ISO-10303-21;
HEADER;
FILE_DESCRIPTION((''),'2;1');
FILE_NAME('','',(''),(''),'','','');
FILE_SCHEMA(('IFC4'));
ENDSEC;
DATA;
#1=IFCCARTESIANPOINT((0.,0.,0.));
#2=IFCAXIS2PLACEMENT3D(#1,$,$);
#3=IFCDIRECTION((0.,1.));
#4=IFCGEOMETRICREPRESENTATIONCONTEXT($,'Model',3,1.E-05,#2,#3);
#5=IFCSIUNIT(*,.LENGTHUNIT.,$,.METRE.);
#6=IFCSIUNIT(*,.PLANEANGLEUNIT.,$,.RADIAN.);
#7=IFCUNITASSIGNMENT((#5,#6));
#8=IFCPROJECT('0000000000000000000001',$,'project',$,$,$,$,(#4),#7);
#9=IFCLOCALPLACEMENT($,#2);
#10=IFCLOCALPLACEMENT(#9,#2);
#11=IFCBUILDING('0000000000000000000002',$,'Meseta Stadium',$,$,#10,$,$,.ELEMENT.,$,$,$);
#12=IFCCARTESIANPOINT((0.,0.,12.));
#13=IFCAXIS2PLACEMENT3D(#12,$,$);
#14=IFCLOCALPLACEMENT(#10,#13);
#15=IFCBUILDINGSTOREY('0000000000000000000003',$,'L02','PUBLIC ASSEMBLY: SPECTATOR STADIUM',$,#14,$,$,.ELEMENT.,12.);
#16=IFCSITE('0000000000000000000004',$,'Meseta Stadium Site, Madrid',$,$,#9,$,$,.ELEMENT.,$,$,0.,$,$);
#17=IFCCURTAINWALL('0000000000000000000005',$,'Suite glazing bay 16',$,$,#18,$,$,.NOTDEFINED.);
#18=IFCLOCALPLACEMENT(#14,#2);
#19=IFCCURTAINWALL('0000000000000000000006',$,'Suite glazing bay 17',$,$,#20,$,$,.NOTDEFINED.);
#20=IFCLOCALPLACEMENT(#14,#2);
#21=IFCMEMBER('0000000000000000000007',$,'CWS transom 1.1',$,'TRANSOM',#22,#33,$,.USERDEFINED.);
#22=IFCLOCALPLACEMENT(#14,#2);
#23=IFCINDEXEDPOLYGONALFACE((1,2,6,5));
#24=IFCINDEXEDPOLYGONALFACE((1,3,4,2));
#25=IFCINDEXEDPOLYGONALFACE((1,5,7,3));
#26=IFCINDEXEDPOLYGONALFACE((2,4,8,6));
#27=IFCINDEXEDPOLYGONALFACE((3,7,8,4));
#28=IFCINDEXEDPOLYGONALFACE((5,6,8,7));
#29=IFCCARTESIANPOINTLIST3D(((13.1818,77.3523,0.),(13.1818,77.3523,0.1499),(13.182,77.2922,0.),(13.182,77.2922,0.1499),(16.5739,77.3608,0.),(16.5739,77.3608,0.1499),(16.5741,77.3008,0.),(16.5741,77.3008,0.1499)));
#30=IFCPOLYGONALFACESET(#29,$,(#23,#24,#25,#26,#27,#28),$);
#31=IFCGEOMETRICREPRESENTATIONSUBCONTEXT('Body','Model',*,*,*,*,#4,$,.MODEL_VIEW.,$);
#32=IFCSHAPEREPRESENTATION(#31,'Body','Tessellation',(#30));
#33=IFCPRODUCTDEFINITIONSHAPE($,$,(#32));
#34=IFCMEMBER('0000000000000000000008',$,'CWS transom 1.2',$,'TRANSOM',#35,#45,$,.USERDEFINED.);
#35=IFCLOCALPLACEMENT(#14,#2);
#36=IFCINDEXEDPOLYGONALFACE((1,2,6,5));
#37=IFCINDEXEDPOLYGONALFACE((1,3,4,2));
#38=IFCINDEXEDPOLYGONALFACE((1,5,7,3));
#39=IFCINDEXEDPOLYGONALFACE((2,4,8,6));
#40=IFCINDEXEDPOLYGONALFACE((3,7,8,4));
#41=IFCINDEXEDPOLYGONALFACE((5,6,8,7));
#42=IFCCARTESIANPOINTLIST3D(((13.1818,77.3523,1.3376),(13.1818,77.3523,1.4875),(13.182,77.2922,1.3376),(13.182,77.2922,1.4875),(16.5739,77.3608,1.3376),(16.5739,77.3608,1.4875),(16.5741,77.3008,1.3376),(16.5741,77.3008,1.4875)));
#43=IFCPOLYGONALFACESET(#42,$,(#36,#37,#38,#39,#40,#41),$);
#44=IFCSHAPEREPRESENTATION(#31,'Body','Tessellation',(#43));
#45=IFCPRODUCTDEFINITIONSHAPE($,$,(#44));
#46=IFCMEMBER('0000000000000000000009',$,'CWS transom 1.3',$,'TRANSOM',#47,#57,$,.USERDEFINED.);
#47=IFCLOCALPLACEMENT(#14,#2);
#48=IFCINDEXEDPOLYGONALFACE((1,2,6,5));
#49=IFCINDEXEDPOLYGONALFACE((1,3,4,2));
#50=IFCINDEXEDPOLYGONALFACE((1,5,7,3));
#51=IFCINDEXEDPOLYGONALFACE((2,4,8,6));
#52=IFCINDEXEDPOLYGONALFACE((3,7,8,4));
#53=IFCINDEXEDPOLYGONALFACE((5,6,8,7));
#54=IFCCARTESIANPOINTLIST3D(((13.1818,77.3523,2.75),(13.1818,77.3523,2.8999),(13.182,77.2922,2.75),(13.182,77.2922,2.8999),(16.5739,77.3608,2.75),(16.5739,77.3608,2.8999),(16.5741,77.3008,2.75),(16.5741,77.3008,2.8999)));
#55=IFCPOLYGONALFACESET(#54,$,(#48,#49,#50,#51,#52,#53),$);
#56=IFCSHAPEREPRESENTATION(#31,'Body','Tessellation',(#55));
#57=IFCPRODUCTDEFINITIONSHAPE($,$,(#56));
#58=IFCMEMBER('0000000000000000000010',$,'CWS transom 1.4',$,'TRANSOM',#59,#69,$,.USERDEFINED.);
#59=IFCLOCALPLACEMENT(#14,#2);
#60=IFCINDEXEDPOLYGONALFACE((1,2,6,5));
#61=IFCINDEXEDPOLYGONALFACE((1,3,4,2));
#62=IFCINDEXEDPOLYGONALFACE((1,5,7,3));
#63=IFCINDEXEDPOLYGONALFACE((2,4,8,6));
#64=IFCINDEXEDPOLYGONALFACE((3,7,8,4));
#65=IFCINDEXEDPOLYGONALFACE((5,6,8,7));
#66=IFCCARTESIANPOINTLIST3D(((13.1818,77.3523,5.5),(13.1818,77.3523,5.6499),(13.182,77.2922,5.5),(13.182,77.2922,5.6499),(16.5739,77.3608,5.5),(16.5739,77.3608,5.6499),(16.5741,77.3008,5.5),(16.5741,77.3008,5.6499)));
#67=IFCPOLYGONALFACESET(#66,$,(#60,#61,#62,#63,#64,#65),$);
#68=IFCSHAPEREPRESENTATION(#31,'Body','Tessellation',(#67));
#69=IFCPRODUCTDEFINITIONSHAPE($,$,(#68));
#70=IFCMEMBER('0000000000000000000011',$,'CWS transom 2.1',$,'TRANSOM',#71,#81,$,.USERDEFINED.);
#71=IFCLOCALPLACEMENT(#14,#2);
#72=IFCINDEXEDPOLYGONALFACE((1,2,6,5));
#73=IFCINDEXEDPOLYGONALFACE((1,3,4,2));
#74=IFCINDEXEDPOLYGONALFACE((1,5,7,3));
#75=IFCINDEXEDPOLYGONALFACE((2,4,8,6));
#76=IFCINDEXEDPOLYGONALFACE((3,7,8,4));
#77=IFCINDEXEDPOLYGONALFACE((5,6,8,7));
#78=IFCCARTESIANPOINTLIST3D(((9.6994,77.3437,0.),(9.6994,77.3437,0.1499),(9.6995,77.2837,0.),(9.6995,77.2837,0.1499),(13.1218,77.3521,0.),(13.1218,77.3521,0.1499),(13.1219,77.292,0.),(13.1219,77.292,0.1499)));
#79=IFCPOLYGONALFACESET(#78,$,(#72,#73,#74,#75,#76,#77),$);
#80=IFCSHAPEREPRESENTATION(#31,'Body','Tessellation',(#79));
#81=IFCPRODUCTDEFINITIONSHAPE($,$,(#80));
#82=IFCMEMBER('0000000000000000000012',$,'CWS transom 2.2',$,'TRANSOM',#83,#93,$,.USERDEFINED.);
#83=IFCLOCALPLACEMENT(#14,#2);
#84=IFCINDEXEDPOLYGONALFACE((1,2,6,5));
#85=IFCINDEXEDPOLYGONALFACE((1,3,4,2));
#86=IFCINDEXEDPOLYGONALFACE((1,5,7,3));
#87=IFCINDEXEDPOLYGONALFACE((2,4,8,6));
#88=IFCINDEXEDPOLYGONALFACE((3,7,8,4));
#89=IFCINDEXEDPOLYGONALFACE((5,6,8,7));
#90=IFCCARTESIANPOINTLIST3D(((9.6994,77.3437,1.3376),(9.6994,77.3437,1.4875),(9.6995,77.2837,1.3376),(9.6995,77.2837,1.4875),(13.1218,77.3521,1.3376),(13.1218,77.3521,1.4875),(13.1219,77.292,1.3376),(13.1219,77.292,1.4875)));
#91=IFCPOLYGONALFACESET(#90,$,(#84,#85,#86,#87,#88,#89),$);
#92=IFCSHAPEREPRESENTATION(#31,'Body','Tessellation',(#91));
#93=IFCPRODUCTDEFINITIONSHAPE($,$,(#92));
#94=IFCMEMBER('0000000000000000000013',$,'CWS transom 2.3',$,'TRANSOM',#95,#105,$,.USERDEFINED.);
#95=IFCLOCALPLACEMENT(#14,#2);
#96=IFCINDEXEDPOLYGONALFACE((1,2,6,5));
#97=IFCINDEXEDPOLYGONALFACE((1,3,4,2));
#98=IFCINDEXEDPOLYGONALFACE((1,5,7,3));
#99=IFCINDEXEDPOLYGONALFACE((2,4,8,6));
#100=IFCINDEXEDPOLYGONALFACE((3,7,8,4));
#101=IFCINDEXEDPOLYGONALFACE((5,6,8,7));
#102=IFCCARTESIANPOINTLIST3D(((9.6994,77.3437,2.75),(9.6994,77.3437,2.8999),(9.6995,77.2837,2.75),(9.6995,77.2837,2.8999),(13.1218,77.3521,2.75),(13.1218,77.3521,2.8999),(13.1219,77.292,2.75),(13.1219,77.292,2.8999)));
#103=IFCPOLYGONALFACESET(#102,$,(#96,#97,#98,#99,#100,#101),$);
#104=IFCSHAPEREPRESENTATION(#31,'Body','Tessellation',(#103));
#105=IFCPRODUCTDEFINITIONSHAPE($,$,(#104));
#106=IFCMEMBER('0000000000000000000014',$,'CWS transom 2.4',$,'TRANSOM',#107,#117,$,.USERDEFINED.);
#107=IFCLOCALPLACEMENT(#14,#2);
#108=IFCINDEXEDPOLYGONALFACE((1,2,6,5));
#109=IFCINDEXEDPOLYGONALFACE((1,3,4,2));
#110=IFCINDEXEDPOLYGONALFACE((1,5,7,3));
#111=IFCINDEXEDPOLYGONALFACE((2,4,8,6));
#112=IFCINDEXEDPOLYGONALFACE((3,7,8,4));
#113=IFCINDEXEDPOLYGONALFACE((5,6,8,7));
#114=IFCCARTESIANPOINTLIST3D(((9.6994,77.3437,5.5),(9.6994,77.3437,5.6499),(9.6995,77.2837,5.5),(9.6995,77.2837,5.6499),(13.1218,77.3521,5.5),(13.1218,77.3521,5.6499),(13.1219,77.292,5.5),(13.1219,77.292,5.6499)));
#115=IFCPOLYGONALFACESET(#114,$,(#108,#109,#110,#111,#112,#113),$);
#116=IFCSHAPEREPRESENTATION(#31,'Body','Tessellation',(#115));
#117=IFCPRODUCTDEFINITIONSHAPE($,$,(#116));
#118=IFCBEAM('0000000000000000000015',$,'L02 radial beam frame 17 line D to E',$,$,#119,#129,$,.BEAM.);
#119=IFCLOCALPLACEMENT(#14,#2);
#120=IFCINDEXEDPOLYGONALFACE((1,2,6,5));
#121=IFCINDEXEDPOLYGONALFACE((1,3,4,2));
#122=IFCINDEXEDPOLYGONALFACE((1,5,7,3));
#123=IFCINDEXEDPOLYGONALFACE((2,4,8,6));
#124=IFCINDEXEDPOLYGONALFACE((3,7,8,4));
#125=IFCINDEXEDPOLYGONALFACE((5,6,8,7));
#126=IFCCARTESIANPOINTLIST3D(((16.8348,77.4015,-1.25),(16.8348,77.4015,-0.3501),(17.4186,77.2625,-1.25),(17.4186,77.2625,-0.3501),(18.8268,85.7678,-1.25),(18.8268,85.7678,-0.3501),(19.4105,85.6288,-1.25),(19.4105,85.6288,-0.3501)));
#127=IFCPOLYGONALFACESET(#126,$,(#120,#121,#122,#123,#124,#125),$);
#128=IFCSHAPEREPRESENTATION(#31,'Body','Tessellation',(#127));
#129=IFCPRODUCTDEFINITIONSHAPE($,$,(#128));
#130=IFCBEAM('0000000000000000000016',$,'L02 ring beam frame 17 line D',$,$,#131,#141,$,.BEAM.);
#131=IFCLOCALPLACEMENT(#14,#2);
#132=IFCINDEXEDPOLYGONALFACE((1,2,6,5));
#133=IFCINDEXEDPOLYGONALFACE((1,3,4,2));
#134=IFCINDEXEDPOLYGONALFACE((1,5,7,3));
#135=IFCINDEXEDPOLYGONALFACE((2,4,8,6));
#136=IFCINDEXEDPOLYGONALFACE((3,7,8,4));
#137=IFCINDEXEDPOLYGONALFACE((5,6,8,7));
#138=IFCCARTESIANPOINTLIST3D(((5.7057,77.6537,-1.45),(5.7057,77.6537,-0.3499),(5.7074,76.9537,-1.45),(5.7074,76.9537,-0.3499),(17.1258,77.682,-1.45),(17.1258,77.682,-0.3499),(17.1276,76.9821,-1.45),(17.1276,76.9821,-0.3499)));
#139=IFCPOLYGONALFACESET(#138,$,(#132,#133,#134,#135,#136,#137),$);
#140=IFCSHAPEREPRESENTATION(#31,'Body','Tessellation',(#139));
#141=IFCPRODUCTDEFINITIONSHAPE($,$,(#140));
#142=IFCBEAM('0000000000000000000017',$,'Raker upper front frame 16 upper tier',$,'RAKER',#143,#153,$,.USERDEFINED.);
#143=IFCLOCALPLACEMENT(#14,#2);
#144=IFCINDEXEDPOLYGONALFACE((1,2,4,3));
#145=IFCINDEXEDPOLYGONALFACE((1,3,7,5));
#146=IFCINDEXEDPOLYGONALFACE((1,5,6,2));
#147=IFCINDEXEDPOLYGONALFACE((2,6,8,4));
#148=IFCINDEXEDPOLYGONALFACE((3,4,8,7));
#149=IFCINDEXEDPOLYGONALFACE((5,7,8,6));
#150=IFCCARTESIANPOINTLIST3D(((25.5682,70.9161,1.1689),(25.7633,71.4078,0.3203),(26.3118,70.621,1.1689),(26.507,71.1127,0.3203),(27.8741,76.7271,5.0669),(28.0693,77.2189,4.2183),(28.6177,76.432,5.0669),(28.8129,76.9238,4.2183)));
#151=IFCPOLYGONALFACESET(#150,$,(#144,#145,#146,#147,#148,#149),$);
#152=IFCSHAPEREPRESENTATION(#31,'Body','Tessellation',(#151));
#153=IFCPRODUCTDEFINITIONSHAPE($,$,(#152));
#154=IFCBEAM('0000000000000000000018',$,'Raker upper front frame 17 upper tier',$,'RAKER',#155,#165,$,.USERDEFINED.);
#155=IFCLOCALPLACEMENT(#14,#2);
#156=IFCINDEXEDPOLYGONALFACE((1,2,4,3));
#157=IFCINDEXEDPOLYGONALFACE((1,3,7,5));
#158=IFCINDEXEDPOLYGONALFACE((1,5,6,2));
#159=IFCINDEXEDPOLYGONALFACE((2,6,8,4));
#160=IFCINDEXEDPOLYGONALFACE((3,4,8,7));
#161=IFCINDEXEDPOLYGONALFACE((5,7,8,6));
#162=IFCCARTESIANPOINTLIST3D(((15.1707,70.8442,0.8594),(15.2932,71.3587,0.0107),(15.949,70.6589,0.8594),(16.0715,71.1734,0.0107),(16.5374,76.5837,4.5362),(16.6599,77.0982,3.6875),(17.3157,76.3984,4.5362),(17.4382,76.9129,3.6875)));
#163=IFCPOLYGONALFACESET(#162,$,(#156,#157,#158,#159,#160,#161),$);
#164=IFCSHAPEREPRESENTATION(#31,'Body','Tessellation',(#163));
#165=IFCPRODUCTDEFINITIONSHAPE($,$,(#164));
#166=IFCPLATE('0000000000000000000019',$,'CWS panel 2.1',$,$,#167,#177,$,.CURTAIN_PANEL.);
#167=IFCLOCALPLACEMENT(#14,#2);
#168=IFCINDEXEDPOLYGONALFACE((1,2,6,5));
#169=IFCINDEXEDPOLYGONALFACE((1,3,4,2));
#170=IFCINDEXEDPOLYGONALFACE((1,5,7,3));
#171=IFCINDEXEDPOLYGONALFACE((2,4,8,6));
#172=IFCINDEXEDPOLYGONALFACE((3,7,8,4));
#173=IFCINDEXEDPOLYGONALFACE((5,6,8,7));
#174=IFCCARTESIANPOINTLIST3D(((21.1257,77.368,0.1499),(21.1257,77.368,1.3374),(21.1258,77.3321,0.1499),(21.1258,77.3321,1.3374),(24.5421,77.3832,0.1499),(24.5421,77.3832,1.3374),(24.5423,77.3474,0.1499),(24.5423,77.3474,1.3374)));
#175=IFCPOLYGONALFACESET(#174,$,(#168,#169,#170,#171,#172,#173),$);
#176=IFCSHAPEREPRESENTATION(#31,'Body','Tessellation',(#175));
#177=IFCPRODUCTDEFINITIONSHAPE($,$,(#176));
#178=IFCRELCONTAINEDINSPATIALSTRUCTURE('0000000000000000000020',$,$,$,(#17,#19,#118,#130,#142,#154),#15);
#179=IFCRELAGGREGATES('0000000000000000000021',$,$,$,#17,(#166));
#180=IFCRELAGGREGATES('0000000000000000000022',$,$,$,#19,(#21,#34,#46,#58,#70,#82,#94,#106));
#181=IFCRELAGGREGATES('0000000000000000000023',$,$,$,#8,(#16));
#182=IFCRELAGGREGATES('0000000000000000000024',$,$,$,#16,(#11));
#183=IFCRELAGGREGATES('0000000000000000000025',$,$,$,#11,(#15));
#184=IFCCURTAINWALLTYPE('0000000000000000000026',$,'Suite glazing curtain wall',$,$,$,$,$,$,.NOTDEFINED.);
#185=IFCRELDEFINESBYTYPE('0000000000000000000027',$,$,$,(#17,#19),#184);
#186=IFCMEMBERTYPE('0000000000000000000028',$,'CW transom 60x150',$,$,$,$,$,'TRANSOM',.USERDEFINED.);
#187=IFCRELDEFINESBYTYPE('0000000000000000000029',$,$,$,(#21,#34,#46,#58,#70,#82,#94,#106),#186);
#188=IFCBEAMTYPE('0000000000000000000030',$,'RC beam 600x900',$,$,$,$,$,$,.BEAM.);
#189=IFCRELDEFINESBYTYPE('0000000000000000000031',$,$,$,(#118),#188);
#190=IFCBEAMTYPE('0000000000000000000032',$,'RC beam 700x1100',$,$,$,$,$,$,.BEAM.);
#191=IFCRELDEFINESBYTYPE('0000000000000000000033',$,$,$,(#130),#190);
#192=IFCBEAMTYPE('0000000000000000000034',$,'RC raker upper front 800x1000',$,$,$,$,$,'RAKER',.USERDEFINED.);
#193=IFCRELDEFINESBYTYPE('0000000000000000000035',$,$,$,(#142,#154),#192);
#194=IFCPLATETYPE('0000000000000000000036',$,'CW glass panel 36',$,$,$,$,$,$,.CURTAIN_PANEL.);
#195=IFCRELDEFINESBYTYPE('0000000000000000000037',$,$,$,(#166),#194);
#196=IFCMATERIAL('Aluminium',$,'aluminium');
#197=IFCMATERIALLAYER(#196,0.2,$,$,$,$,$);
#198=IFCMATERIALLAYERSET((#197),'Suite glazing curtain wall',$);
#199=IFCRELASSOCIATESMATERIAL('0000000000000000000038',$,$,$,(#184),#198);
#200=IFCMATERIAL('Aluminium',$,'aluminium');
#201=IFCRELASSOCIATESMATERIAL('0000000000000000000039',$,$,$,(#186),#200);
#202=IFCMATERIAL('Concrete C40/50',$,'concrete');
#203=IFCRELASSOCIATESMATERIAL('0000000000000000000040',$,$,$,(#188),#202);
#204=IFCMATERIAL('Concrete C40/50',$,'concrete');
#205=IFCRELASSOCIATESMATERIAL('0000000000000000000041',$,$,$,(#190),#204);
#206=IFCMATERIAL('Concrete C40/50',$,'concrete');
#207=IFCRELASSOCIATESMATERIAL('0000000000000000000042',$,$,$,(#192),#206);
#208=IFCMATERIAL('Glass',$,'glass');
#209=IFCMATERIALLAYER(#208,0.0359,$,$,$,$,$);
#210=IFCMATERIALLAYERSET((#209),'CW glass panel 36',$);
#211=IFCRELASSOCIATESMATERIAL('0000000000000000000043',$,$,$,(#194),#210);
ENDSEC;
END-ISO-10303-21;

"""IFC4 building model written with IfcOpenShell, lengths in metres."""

from ifc_helpers import new_model, si_unit, direction, frame, origin, origin_2d, place, context, subcontext, project, spatial, rectangle, extrude, material, layer, layer_set, material_profile, profile_set, type_object, element, aggregate, save


model = new_model("IFC4")

# Units and contexts
model_context = context("Model", 3, precision=1e-05, world=origin(), true_north=direction((0.0, 1.0)))
body_context = subcontext(model_context, "Body", "Model", "MODEL_VIEW")
ifc_project = project(units=[si_unit("LENGTHUNIT", "METRE"), si_unit("PLANEANGLEUNIT", "RADIAN")], contexts=[model_context])

# Site, building, storey
site_placement = place(None, origin())
site = spatial("IfcSite", under=ifc_project, at=site_placement, Name="Meseta Stadium Site, Madrid", CompositionType="ELEMENT", RefElevation=0.0)
building_placement = place(site_placement, origin())
building = spatial("IfcBuilding", under=site, at=building_placement, Name="Meseta Stadium", CompositionType="ELEMENT")
storey_placement = place(building_placement, frame((0.0, 0.0, 12.0)))
storey = spatial("IfcBuildingStorey", under=building, at=storey_placement, Name="L02", Description="PUBLIC ASSEMBLY: SPECTATOR STADIUM", CompositionType="ELEMENT", Elevation=12.0)

# Curtain walls
ifc_material_1 = material(Name="Aluminium", Category="aluminium")
ifc_layer_1 = layer(ifc_material_1, 0.2)
ifc_layer_set_1 = layer_set([ifc_layer_1], Name="Suite glazing curtain wall")
curtain_wall_type = type_object("IfcCurtainWallType", Name="Suite glazing curtain wall", PredefinedType="NOTDEFINED", material=ifc_layer_set_1)
curtain_wall_1_placement = place(storey_placement, origin())
curtain_wall_1 = element("IfcCurtainWall", 1, at=curtain_wall_1_placement, inside=storey, type_object=curtain_wall_type, Name="Suite glazing bay 16", PredefinedType="NOTDEFINED")
curtain_wall_2_placement = place(storey_placement, origin())
curtain_wall_2 = element("IfcCurtainWall", 2, at=curtain_wall_2_placement, inside=storey, type_object=curtain_wall_type, Name="Suite glazing bay 17", PredefinedType="NOTDEFINED")

# Members
ifc_material_2 = material(Name="Aluminium", Category="aluminium")
ifc_material_profile_1 = material_profile(ifc_material_2, rectangle(XDim=0.0601, YDim=0.1499, at=origin_2d()), Name="CW 60x150")
ifc_profile_set_1 = profile_set([ifc_material_profile_1], Name="Aluminium")
member_type_1 = type_object("IfcMemberType", Name="CW transom 60x150", ElementType="TRANSOM", PredefinedType="USERDEFINED", material=ifc_profile_set_1)
member_1_placement = place(storey_placement, frame((16.574, 77.3308, 0.075), z_axis=(-0.999997, -0.002519, 0.0), x_axis=(0.002519, -0.999997, 0.0)))
member_1 = element("IfcMember", 3, at=member_1_placement, type_object=member_type_1, Name="CWS transom 1.1", ObjectType="TRANSOM", PredefinedType="USERDEFINED", context=body_context, shape_type="SweptSolid", body=[
    extrude(rectangle(XDim=0.0601, YDim=0.1499, at=origin_2d()), origin(), (0.0, 0.0, 1.0), 3.3921),
])
member_2_placement = place(storey_placement, frame((16.574, 77.3308, 1.4126), z_axis=(-0.999997, -0.002519, 0.0), x_axis=(0.002519, -0.999997, 0.0)))
member_2 = element("IfcMember", 4, at=member_2_placement, type_object=member_type_1, Name="CWS transom 1.2", ObjectType="TRANSOM", PredefinedType="USERDEFINED", context=body_context, shape_type="SweptSolid", body=[
    extrude(rectangle(XDim=0.0601, YDim=0.1499, at=origin_2d()), origin(), (0.0, 0.0, 1.0), 3.3921),
])
member_3_placement = place(storey_placement, frame((16.574, 77.3308, 2.825), z_axis=(-0.999997, -0.002519, 0.0), x_axis=(0.002519, -0.999997, 0.0)))
member_3 = element("IfcMember", 5, at=member_3_placement, type_object=member_type_1, Name="CWS transom 1.3", ObjectType="TRANSOM", PredefinedType="USERDEFINED", context=body_context, shape_type="SweptSolid", body=[
    extrude(rectangle(XDim=0.0601, YDim=0.1499, at=origin_2d()), origin(), (0.0, 0.0, 1.0), 3.3921),
])
member_4_placement = place(storey_placement, frame((16.574, 77.3308, 5.575), z_axis=(-0.999997, -0.002519, 0.0), x_axis=(0.002519, -0.999997, 0.0)))
member_4 = element("IfcMember", 6, at=member_4_placement, type_object=member_type_1, Name="CWS transom 1.4", ObjectType="TRANSOM", PredefinedType="USERDEFINED", context=body_context, shape_type="SweptSolid", body=[
    extrude(rectangle(XDim=0.0601, YDim=0.1499, at=origin_2d()), origin(), (0.0, 0.0, 1.0), 3.3921),
])
member_5_placement = place(storey_placement, frame((13.1218, 77.322, 0.075), z_axis=(-0.999997, -0.002425, 0.0), x_axis=(0.002425, -0.999997, 0.0)))
member_5 = element("IfcMember", 7, at=member_5_placement, type_object=member_type_1, Name="CWS transom 2.1", ObjectType="TRANSOM", PredefinedType="USERDEFINED", context=body_context, shape_type="SweptSolid", body=[
    extrude(rectangle(XDim=0.0601, YDim=0.1499, at=origin_2d()), origin(), (0.0, 0.0, 1.0), 3.4224),
])
member_6_placement = place(storey_placement, frame((13.1218, 77.322, 1.4126), z_axis=(-0.999997, -0.002425, 0.0), x_axis=(0.002425, -0.999997, 0.0)))
member_6 = element("IfcMember", 8, at=member_6_placement, type_object=member_type_1, Name="CWS transom 2.2", ObjectType="TRANSOM", PredefinedType="USERDEFINED", context=body_context, shape_type="SweptSolid", body=[
    extrude(rectangle(XDim=0.0601, YDim=0.1499, at=origin_2d()), origin(), (0.0, 0.0, 1.0), 3.4224),
])
member_7_placement = place(storey_placement, frame((13.1218, 77.322, 2.825), z_axis=(-0.999997, -0.002425, 0.0), x_axis=(0.002425, -0.999997, 0.0)))
member_7 = element("IfcMember", 9, at=member_7_placement, type_object=member_type_1, Name="CWS transom 2.3", ObjectType="TRANSOM", PredefinedType="USERDEFINED", context=body_context, shape_type="SweptSolid", body=[
    extrude(rectangle(XDim=0.0601, YDim=0.1499, at=origin_2d()), origin(), (0.0, 0.0, 1.0), 3.4224),
])
member_8_placement = place(storey_placement, frame((13.1218, 77.322, 5.575), z_axis=(-0.999997, -0.002425, 0.0), x_axis=(0.002425, -0.999997, 0.0)))
member_8 = element("IfcMember", 10, at=member_8_placement, type_object=member_type_1, Name="CWS transom 2.4", ObjectType="TRANSOM", PredefinedType="USERDEFINED", context=body_context, shape_type="SweptSolid", body=[
    extrude(rectangle(XDim=0.0601, YDim=0.1499, at=origin_2d()), origin(), (0.0, 0.0, 1.0), 3.4224),
])

# Beams
ifc_material_3 = material(Name="Concrete C40/50", Category="concrete")
ifc_material_profile_2 = material_profile(ifc_material_3, rectangle(XDim=0.6001, YDim=0.8999, at=origin_2d()), Name="RC 600x900")
ifc_profile_set_2 = profile_set([ifc_material_profile_2], Name="Concrete C40/50")
beam_type_1 = type_object("IfcBeamType", Name="RC beam 600x900", PredefinedType="BEAM", material=ifc_profile_set_2)
beam_1_placement = place(storey_placement, frame((17.1267, 77.332, -0.8), z_axis=(0.231619, 0.972807, 0.0), x_axis=(-0.972807, 0.231619, 0.0)))
element("IfcBeam", 11, at=beam_1_placement, inside=storey, type_object=beam_type_1, Name="L02 radial beam frame 17 line D to E", PredefinedType="BEAM", context=body_context, shape_type="SweptSolid", body=[
    extrude(rectangle(XDim=0.6001, YDim=0.8999, at=origin_2d()), origin(), (0.0, 0.0, 1.0), 8.6001),
])
ifc_material_4 = material(Name="Concrete C40/50", Category="concrete")
ifc_material_profile_3 = material_profile(ifc_material_4, rectangle(XDim=0.7, YDim=1.1001, at=origin_2d()), Name="RC 700x1100")
ifc_profile_set_3 = profile_set([ifc_material_profile_3], Name="Concrete C40/50")
beam_type_2 = type_object("IfcBeamType", Name="RC beam 700x1100", PredefinedType="BEAM", material=ifc_profile_set_3)
beam_2_placement = place(storey_placement, frame((17.1267, 77.332, -0.8999), z_axis=(-0.999997, -0.00248, 0.0), x_axis=(0.00248, -0.999997, 0.0)))
element("IfcBeam", 12, at=beam_2_placement, inside=storey, type_object=beam_type_2, Name="L02 ring beam frame 17 line D", PredefinedType="BEAM", context=body_context, shape_type="SweptSolid", body=[
    extrude(rectangle(XDim=0.7, YDim=1.1001, at=origin_2d()), origin(), (0.0, 0.0, 1.0), 11.4202),
])
ifc_material_5 = material(Name="Concrete C40/50", Category="concrete")
ifc_material_profile_4 = material_profile(ifc_material_5, rectangle(XDim=0.8, YDim=1.0, at=origin_2d()), Name="RC 800x1000")
ifc_profile_set_4 = profile_set([ifc_material_profile_4], Name="Concrete C40/50")
beam_type_3 = type_object("IfcBeamType", Name="RC raker upper front 800x1000", ElementType="RAKER", PredefinedType="USERDEFINED", material=ifc_profile_set_4)
beam_3_placement = place(storey_placement, frame((26.0376, 71.0144, 0.7446), z_axis=(0.312986, 0.788744, 0.529077), x_axis=(-0.929494, 0.368837, 0.0)))
element("IfcBeam", 13, at=beam_3_placement, inside=storey, type_object=beam_type_3, Name="Raker upper front frame 16 upper tier", ObjectType="RAKER", PredefinedType="USERDEFINED", context=body_context, shape_type="SweptSolid", body=[
    extrude(rectangle(XDim=0.8, YDim=1.0, at=origin_2d()), origin(), (0.0, 0.0, 1.0), 7.3674),
])
beam_4_placement = place(storey_placement, frame((15.6211, 71.0088, 0.4351), z_axis=(0.196595, 0.825607, 0.528889), x_axis=(-0.9728, 0.231645, 0.0)))
element("IfcBeam", 14, at=beam_4_placement, inside=storey, type_object=beam_type_3, Name="Raker upper front frame 17 upper tier", ObjectType="RAKER", PredefinedType="USERDEFINED", context=body_context, shape_type="SweptSolid", body=[
    extrude(rectangle(XDim=0.8, YDim=1.0, at=origin_2d()), origin(), (0.0, 0.0, 1.0), 6.9519),
])

# Plate
ifc_material_6 = material(Name="Glass", Category="glass")
ifc_layer_2 = layer(ifc_material_6, 0.0359)
ifc_layer_set_2 = layer_set([ifc_layer_2], Name="CW glass panel 36")
plate_type = type_object("IfcPlateType", Name="CW glass panel 36", PredefinedType="CURTAIN_PANEL", material=ifc_layer_set_2)
plate_1_placement = place(storey_placement, frame((22.834, 77.3577, 0.1499), z_axis=(0.0, 0.0, 1.0), x_axis=(-0.99999, -0.004469, 0.0)))
plate_1 = element("IfcPlate", 15, at=plate_1_placement, type_object=plate_type, Name="CWS panel 2.1", PredefinedType="CURTAIN_PANEL", context=body_context, shape_type="SweptSolid", body=[
    extrude(rectangle(XDim=3.4165, YDim=0.0359, at=origin_2d()), origin(), (0.0, 0.0, 1.0), 1.1875),
])
aggregate(curtain_wall_1, [plate_1])
aggregate(curtain_wall_2, [member_1, member_2, member_3, member_4, member_5, member_6, member_7, member_8])

save(model, "model.ifc")
